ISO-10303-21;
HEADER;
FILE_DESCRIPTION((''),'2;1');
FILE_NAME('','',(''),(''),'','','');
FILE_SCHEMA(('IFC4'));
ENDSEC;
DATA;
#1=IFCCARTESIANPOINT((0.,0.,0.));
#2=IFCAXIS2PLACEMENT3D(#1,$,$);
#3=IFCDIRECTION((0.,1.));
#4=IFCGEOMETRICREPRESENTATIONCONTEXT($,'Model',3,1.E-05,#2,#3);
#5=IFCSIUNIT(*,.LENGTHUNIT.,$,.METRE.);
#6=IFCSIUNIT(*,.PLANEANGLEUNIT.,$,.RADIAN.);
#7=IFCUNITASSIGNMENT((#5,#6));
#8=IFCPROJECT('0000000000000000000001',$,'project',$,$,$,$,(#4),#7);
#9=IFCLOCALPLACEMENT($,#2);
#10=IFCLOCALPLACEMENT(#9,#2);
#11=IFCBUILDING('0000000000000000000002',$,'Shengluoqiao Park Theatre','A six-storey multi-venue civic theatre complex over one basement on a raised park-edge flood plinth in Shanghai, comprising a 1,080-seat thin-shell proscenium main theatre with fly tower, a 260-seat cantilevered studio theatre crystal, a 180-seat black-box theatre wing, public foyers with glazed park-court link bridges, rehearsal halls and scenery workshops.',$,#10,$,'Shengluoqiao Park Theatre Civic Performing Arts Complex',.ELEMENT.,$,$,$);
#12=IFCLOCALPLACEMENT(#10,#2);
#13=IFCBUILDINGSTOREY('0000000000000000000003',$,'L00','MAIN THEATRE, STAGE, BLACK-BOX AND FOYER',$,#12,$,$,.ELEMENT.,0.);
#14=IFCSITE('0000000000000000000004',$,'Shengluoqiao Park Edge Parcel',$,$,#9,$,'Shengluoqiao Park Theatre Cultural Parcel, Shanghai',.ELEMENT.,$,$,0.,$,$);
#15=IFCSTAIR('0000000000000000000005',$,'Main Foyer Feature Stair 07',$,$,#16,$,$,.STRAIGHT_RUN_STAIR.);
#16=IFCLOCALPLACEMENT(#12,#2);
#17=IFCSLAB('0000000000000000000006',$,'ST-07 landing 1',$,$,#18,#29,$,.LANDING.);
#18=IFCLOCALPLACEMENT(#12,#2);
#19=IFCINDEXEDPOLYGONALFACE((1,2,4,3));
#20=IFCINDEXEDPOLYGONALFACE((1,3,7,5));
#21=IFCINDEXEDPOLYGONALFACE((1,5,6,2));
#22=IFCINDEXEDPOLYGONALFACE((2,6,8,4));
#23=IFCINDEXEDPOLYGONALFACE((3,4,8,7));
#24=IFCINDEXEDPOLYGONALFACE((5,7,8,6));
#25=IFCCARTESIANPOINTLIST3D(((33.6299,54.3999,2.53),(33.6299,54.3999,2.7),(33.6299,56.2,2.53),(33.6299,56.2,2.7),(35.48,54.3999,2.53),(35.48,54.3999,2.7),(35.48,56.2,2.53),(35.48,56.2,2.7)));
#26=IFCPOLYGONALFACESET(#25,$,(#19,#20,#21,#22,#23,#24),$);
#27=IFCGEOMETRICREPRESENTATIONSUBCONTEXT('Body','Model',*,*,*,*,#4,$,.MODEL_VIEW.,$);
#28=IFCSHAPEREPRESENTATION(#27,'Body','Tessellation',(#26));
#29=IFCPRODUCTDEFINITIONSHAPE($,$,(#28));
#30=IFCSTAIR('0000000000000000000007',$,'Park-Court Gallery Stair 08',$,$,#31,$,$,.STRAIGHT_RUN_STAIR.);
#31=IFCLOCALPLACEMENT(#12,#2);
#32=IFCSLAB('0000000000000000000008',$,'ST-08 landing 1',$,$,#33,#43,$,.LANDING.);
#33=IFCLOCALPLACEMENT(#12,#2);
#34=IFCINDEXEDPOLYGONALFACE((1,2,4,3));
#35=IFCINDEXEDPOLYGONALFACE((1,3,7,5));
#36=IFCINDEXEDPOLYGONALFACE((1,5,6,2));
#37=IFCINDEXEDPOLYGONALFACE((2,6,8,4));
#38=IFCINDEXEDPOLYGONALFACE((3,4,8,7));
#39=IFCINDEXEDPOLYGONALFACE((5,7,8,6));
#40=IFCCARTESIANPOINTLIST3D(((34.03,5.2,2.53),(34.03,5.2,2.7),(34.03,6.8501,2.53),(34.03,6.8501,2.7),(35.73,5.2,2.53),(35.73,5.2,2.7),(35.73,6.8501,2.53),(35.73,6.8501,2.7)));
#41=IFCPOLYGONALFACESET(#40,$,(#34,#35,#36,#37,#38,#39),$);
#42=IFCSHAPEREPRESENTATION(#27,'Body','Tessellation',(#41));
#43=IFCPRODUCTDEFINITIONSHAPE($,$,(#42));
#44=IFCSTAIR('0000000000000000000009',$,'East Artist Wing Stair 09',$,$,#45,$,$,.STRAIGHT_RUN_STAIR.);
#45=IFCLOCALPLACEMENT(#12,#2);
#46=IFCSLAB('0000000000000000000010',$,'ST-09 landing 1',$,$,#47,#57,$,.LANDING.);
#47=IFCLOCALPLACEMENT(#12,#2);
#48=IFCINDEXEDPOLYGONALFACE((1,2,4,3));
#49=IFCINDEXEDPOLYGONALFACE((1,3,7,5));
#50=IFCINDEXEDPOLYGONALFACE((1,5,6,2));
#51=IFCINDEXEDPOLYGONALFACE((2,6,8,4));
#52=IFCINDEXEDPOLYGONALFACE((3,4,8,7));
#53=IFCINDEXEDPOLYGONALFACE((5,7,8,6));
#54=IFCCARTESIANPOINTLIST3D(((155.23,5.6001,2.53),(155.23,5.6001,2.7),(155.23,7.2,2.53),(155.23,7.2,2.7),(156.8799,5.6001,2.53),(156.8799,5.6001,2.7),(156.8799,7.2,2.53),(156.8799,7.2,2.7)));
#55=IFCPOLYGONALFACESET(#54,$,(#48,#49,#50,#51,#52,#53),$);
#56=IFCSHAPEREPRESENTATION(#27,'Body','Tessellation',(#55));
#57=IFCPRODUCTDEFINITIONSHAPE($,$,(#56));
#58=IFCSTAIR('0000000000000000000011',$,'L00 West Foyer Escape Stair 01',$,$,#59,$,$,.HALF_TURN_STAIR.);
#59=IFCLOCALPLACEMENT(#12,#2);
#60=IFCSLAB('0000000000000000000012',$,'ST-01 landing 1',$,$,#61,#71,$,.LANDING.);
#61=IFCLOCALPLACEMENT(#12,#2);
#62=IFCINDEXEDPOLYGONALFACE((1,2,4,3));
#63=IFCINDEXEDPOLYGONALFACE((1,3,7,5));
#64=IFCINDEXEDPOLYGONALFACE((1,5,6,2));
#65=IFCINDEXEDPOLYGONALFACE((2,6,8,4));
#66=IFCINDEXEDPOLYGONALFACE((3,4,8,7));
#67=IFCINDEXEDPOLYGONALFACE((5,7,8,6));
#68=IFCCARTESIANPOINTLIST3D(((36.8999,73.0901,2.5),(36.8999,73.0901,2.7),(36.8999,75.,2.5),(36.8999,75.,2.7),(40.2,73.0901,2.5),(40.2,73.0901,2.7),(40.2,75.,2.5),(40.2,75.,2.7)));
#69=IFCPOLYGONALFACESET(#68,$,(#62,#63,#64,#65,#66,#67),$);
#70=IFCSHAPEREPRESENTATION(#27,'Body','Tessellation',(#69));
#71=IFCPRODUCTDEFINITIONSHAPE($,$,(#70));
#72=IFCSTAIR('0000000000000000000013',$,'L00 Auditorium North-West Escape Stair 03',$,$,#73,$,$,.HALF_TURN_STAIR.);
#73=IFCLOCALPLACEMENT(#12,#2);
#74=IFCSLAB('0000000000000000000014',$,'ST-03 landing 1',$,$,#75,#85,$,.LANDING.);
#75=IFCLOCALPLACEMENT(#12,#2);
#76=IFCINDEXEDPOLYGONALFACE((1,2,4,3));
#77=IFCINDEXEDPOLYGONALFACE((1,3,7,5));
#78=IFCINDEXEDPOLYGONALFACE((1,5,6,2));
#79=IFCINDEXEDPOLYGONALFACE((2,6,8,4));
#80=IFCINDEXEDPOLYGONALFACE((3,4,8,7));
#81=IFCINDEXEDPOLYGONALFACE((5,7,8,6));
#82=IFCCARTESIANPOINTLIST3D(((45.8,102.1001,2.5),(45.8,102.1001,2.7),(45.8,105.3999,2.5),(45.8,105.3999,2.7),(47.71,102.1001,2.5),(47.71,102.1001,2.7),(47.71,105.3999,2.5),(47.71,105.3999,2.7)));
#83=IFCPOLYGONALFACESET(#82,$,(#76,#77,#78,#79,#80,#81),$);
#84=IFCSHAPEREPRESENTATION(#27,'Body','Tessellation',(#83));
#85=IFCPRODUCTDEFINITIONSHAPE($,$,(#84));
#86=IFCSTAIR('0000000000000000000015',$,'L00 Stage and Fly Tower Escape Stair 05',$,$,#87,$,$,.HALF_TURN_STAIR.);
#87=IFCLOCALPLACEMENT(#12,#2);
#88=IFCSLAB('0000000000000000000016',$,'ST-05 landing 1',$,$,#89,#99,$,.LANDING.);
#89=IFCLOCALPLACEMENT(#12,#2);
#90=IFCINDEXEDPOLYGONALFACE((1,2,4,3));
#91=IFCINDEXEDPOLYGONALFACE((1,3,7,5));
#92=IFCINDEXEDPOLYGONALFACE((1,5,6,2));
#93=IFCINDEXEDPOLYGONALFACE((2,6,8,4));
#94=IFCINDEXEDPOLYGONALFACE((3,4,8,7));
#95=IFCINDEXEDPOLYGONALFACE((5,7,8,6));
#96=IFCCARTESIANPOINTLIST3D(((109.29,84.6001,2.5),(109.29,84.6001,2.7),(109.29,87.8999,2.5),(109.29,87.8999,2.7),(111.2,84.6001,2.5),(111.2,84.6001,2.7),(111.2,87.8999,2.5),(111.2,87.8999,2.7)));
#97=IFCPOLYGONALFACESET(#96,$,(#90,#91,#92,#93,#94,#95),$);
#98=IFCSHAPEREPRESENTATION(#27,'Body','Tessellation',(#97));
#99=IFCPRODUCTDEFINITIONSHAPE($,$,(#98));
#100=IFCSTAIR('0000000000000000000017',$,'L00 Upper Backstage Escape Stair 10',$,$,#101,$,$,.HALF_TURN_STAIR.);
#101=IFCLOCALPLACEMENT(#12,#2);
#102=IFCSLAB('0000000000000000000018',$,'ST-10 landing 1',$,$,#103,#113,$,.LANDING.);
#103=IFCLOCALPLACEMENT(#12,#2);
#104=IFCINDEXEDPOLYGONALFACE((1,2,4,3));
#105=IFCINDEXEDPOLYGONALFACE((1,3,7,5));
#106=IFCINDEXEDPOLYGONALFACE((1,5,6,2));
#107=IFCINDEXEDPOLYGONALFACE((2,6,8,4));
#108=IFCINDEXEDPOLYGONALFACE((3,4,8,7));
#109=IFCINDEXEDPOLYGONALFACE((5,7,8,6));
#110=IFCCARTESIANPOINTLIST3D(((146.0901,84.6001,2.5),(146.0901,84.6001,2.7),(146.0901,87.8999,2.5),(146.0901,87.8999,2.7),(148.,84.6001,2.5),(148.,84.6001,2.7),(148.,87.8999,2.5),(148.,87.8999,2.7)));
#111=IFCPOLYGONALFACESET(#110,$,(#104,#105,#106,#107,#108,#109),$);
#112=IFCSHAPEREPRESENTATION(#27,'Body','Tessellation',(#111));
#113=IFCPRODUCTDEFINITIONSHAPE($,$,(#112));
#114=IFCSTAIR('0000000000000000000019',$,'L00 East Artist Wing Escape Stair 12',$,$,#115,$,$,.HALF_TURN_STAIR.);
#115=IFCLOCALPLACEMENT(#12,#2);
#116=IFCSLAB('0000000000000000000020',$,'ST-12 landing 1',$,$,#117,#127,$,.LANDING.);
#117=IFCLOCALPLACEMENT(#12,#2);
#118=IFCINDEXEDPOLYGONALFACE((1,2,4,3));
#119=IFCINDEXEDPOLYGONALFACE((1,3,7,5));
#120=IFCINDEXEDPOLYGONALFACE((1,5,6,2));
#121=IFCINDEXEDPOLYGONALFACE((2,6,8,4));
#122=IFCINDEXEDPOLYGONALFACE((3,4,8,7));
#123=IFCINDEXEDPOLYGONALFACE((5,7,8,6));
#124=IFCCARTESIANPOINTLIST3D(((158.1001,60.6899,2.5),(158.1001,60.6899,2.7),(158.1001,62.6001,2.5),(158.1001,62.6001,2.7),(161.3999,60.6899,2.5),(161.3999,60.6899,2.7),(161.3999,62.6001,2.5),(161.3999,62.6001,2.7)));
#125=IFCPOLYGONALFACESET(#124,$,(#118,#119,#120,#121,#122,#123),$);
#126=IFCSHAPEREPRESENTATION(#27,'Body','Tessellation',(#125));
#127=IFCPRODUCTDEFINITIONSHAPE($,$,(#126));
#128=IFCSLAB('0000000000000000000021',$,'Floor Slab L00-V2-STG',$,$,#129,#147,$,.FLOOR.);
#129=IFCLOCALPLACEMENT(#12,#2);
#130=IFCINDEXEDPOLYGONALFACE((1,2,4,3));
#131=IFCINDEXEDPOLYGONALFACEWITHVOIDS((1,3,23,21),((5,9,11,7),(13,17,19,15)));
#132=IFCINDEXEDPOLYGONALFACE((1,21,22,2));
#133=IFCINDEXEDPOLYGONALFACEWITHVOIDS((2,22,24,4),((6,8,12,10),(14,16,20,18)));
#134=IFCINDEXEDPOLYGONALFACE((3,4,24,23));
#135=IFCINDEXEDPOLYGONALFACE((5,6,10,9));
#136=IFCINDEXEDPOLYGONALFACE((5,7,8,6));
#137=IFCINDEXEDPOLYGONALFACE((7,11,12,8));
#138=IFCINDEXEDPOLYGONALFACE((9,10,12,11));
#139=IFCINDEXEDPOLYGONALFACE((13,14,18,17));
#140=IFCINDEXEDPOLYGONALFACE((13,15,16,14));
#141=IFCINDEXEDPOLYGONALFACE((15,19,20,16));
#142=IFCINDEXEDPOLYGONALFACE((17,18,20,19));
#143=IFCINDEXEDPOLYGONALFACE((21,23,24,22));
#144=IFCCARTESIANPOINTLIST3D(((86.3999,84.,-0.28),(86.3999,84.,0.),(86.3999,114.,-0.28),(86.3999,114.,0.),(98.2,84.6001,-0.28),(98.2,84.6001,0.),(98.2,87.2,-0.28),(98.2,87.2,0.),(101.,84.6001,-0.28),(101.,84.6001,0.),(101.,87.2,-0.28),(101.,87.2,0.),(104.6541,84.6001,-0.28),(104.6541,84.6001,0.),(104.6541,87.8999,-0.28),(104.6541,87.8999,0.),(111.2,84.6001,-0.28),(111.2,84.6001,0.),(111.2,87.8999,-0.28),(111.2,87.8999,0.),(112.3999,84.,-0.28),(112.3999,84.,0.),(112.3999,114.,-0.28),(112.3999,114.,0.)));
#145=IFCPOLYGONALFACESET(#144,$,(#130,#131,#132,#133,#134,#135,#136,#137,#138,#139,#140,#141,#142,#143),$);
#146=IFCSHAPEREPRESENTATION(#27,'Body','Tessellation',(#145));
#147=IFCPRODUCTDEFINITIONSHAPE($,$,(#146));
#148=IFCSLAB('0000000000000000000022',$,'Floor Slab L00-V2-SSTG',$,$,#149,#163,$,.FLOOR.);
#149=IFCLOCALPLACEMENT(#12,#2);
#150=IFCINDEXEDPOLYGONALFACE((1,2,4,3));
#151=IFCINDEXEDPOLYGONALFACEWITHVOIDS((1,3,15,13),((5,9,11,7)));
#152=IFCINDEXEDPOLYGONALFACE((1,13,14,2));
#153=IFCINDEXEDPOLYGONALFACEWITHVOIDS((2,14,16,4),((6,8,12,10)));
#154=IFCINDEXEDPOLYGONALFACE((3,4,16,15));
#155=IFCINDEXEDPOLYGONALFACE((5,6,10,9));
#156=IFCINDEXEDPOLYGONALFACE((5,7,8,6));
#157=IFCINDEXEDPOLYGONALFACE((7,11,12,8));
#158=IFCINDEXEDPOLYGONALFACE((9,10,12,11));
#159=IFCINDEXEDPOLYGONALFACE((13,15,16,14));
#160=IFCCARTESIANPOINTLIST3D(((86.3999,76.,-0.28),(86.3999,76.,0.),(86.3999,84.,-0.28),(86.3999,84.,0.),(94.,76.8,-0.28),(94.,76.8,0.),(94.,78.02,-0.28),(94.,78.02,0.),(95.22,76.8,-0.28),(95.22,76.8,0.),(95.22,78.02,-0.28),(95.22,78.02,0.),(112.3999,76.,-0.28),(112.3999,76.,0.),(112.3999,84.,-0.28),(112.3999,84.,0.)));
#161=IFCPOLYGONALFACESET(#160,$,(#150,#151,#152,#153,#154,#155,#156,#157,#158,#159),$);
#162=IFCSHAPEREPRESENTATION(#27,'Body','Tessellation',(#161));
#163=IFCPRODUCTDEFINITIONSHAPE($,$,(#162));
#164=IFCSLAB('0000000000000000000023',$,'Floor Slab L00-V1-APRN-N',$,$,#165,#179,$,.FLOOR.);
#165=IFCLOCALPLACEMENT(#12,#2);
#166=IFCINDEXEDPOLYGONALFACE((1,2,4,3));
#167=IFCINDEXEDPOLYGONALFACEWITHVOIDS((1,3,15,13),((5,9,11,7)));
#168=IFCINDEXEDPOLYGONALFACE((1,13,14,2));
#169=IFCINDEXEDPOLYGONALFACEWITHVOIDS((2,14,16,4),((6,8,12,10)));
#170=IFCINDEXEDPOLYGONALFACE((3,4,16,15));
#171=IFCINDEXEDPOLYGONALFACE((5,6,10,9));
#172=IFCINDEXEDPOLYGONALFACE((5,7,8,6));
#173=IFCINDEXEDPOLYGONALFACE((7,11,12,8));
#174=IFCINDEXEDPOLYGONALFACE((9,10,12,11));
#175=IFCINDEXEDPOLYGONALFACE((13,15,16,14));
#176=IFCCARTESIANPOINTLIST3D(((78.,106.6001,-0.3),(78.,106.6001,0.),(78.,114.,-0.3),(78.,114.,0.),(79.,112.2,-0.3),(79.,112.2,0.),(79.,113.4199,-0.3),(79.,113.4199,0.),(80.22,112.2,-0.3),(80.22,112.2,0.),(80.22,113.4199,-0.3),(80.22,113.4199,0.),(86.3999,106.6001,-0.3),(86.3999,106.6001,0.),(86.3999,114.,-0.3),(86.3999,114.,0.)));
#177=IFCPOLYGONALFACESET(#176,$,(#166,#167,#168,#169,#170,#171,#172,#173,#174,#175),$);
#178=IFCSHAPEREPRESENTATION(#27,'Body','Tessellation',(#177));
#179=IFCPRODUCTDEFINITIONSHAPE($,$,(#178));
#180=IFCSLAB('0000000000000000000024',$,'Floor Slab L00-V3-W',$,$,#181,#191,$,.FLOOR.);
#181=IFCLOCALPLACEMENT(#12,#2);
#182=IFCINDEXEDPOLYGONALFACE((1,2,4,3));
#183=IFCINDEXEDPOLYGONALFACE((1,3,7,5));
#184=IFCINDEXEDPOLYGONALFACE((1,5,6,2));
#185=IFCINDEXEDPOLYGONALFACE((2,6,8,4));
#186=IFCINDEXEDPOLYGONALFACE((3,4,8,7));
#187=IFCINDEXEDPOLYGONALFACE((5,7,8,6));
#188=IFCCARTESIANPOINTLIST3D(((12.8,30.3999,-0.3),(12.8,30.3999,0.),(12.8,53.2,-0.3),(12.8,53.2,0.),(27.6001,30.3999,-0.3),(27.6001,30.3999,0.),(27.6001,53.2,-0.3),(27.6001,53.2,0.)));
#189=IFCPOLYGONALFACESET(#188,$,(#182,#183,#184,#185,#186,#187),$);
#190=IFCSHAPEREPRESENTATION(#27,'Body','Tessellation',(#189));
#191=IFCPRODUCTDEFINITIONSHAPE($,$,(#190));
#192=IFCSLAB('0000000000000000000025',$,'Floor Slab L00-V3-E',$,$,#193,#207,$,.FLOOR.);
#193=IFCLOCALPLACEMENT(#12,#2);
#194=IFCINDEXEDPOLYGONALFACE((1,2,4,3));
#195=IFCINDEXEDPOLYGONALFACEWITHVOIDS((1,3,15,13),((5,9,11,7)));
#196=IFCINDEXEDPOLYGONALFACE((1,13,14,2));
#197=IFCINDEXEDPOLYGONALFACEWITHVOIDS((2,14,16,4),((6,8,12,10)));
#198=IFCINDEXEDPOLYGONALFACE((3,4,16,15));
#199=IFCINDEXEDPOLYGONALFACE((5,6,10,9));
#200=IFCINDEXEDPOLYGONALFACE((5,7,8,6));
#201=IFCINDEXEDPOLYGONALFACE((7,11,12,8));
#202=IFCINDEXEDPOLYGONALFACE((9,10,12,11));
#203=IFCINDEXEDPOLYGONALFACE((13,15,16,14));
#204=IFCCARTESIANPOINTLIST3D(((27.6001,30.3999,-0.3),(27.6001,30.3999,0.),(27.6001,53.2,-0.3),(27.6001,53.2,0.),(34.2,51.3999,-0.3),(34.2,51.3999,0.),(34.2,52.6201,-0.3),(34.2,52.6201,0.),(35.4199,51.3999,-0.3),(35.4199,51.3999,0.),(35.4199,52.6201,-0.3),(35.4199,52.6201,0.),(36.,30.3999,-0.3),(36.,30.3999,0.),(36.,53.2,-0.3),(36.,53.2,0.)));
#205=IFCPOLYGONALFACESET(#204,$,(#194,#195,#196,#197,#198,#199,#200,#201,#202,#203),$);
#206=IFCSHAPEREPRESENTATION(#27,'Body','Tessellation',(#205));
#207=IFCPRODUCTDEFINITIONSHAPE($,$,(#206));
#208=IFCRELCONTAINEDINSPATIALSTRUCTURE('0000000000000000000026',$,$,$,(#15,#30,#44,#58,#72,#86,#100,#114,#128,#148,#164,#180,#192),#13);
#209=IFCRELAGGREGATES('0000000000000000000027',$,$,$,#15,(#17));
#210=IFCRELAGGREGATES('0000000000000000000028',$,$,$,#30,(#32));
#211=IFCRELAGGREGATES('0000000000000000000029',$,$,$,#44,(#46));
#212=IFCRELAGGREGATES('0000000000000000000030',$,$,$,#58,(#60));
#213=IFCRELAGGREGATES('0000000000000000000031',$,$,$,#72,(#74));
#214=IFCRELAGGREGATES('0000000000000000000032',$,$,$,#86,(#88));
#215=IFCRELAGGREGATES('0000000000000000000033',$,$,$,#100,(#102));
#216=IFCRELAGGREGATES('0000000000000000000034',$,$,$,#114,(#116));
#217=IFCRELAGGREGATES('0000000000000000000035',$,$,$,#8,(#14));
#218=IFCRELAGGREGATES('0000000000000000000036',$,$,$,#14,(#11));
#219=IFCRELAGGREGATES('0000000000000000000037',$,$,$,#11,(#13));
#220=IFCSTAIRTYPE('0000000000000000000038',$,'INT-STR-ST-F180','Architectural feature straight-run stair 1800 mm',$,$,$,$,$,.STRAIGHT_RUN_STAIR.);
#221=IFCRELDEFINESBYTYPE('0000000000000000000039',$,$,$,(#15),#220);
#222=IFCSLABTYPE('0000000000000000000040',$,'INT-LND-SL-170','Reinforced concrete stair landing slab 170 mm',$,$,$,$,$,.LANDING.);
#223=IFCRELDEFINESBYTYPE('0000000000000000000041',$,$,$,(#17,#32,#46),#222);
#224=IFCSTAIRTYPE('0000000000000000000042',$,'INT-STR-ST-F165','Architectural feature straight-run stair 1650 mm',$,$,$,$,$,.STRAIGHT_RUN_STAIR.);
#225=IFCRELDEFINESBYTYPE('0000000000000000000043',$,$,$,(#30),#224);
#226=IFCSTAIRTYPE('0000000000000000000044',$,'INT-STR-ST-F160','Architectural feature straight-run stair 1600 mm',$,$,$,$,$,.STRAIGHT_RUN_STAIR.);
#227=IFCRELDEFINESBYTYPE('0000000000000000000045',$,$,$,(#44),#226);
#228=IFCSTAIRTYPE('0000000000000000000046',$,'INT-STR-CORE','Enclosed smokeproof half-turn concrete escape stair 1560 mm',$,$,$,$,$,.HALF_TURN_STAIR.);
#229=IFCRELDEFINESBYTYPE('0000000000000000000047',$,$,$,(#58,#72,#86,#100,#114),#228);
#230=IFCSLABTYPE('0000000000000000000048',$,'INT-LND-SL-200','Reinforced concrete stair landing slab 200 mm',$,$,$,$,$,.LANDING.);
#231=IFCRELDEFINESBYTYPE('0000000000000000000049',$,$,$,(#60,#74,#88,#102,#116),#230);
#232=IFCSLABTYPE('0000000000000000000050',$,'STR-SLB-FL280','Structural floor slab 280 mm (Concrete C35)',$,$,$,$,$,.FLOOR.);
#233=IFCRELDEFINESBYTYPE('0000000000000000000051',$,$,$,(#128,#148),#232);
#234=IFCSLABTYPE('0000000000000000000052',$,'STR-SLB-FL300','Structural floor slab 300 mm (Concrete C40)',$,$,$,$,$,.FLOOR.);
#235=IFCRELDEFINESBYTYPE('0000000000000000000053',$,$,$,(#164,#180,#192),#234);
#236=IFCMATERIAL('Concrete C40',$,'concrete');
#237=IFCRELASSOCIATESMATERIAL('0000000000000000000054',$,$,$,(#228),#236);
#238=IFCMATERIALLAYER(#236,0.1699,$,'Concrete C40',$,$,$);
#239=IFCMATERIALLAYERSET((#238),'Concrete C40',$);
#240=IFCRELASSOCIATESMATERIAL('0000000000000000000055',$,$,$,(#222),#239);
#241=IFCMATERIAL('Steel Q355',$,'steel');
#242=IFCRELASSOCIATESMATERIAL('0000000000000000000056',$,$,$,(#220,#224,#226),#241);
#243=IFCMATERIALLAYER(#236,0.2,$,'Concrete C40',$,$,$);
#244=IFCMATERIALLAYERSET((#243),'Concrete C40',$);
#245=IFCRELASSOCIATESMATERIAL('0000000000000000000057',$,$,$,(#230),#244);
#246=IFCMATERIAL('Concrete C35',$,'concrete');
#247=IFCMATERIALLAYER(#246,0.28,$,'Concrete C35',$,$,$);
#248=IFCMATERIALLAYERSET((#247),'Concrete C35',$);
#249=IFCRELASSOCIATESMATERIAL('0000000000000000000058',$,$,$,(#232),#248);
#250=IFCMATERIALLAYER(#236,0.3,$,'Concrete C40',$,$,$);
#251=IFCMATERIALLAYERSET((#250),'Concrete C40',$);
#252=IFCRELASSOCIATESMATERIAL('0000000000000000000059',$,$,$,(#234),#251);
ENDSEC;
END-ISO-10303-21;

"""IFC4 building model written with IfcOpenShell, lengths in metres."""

from ifc_helpers import new_model, si_unit, direction, frame, origin, place, context, subcontext, project, spatial, polyline, outline, extrude, material, layer, layer_set, type_object, element, aggregate, save


model = new_model("IFC4")

# Units and contexts
model_context = context("Model", 3, precision=1e-05, world=origin(), true_north=direction((0.0, 1.0)))
body_context = subcontext(model_context, "Body", "Model", "MODEL_VIEW")
ifc_project = project(units=[si_unit("LENGTHUNIT", "METRE"), si_unit("PLANEANGLEUNIT", "RADIAN")], contexts=[model_context])

# Site, building, storey
site_placement = place(None, origin())
site = spatial("IfcSite", under=ifc_project, at=site_placement, Name="Shengluoqiao Park Edge Parcel", LongName="Shengluoqiao Park Theatre Cultural Parcel, Shanghai", CompositionType="ELEMENT", RefElevation=0.0)
building_placement = place(site_placement, origin())
building = spatial("IfcBuilding", under=site, at=building_placement, Name="Shengluoqiao Park Theatre", Description="A six-storey multi-venue civic theatre complex over one basement on a raised park-edge flood plinth in Shanghai, comprising a 1,080-seat thin-shell proscenium main theatre with fly tower, a 260-seat cantilevered studio theatre crystal, a 180-seat black-box theatre wing, public foyers with glazed park-court link bridges, rehearsal halls and scenery workshops.", LongName="Shengluoqiao Park Theatre Civic Performing Arts Complex", CompositionType="ELEMENT")
storey_placement = place(building_placement, origin())
storey = spatial("IfcBuildingStorey", under=building, at=storey_placement, Name="L00", Description="MAIN THEATRE, STAGE, BLACK-BOX AND FOYER", CompositionType="ELEMENT", Elevation=0.0)

# Shared definitions
ifc_material_1 = material(Name="Concrete C40", Category="concrete")

# Stairs, slabs
stair_type_1 = type_object("IfcStairType", Name="INT-STR-CORE", Description="Enclosed smokeproof half-turn concrete escape stair 1560 mm", PredefinedType="HALF_TURN_STAIR", material=ifc_material_1)
ifc_layer_1 = layer(ifc_material_1, 0.1699, Name="Concrete C40")
ifc_layer_set_1 = layer_set([ifc_layer_1], Name="Concrete C40")
slab_type_1 = type_object("IfcSlabType", Name="INT-LND-SL-170", Description="Reinforced concrete stair landing slab 170 mm", PredefinedType="LANDING", material=ifc_layer_set_1)
ifc_material_2 = material(Name="Steel Q355", Category="steel")
stair_type_2 = type_object("IfcStairType", Name="INT-STR-ST-F180", Description="Architectural feature straight-run stair 1800 mm", PredefinedType="STRAIGHT_RUN_STAIR", material=ifc_material_2)
stair_1_placement = place(storey_placement, origin())
stair_1 = element("IfcStair", 1, at=stair_1_placement, inside=storey, type_object=stair_type_2, Name="Main Foyer Feature Stair 07", PredefinedType="STRAIGHT_RUN_STAIR")
slab_1_placement = place(storey_placement, frame((0.0, 0.0, 2.53)))
slab_1 = element("IfcSlab", 2, at=slab_1_placement, type_object=slab_type_1, Name="ST-07 landing 1", PredefinedType="LANDING", context=body_context, shape_type="SweptSolid", body=[
    extrude(outline(polyline([(33.6299, 54.3999), (35.48, 54.3999), (35.48, 56.2), (33.6299, 56.2), (33.6299, 54.3999)])), origin(), (0.0, 0.0, 1.0), 0.1699),
])
aggregate(stair_1, [slab_1])
stair_type_3 = type_object("IfcStairType", Name="INT-STR-ST-F165", Description="Architectural feature straight-run stair 1650 mm", PredefinedType="STRAIGHT_RUN_STAIR", material=ifc_material_2)
stair_2_placement = place(storey_placement, origin())
stair_2 = element("IfcStair", 3, at=stair_2_placement, inside=storey, type_object=stair_type_3, Name="Park-Court Gallery Stair 08", PredefinedType="STRAIGHT_RUN_STAIR")
slab_2_placement = place(storey_placement, frame((0.0, 0.0, 2.53)))
slab_2 = element("IfcSlab", 4, at=slab_2_placement, type_object=slab_type_1, Name="ST-08 landing 1", PredefinedType="LANDING", context=body_context, shape_type="SweptSolid", body=[
    extrude(outline(polyline([(34.03, 5.2), (35.73, 5.2), (35.73, 6.8501), (34.03, 6.8501), (34.03, 5.2)])), origin(), (0.0, 0.0, 1.0), 0.1699),
])
aggregate(stair_2, [slab_2])
stair_type_4 = type_object("IfcStairType", Name="INT-STR-ST-F160", Description="Architectural feature straight-run stair 1600 mm", PredefinedType="STRAIGHT_RUN_STAIR", material=ifc_material_2)
stair_3_placement = place(storey_placement, origin())
stair_3 = element("IfcStair", 5, at=stair_3_placement, inside=storey, type_object=stair_type_4, Name="East Artist Wing Stair 09", PredefinedType="STRAIGHT_RUN_STAIR")
slab_3_placement = place(storey_placement, frame((0.0, 0.0, 2.53)))
slab_3 = element("IfcSlab", 6, at=slab_3_placement, type_object=slab_type_1, Name="ST-09 landing 1", PredefinedType="LANDING", context=body_context, shape_type="SweptSolid", body=[
    extrude(outline(polyline([(155.23, 5.6001), (156.8799, 5.6001), (156.8799, 7.2), (155.23, 7.2), (155.23, 5.6001)])), origin(), (0.0, 0.0, 1.0), 0.1699),
])
aggregate(stair_3, [slab_3])
stair_4_placement = place(storey_placement, origin())
stair_4 = element("IfcStair", 7, at=stair_4_placement, inside=storey, type_object=stair_type_1, Name="L00 West Foyer Escape Stair 01", PredefinedType="HALF_TURN_STAIR")
ifc_layer_2 = layer(ifc_material_1, 0.2, Name="Concrete C40")
ifc_layer_set_2 = layer_set([ifc_layer_2], Name="Concrete C40")
slab_type_2 = type_object("IfcSlabType", Name="INT-LND-SL-200", Description="Reinforced concrete stair landing slab 200 mm", PredefinedType="LANDING", material=ifc_layer_set_2)
slab_4_placement = place(storey_placement, frame((0.0, 0.0, 2.5)))
slab_4 = element("IfcSlab", 8, at=slab_4_placement, type_object=slab_type_2, Name="ST-01 landing 1", PredefinedType="LANDING", context=body_context, shape_type="SweptSolid", body=[
    extrude(outline(polyline([(40.2, 73.0901), (40.2, 75.0), (36.8999, 75.0), (36.8999, 73.0901), (40.2, 73.0901)])), origin(), (0.0, 0.0, 1.0), 0.2),
])
aggregate(stair_4, [slab_4])
stair_5_placement = place(storey_placement, origin())
stair_5 = element("IfcStair", 9, at=stair_5_placement, inside=storey, type_object=stair_type_1, Name="L00 Auditorium North-West Escape Stair 03", PredefinedType="HALF_TURN_STAIR")
slab_5_placement = place(storey_placement, frame((0.0, 0.0, 2.5)))
slab_5 = element("IfcSlab", 10, at=slab_5_placement, type_object=slab_type_2, Name="ST-03 landing 1", PredefinedType="LANDING", context=body_context, shape_type="SweptSolid", body=[
    extrude(outline(polyline([(47.71, 105.3999), (45.8, 105.3999), (45.8, 102.1001), (47.71, 102.1001), (47.71, 105.3999)])), origin(), (0.0, 0.0, 1.0), 0.2),
])
aggregate(stair_5, [slab_5])
stair_6_placement = place(storey_placement, origin())
stair_6 = element("IfcStair", 11, at=stair_6_placement, inside=storey, type_object=stair_type_1, Name="L00 Stage and Fly Tower Escape Stair 05", PredefinedType="HALF_TURN_STAIR")
slab_6_placement = place(storey_placement, frame((0.0, 0.0, 2.5)))
slab_6 = element("IfcSlab", 12, at=slab_6_placement, type_object=slab_type_2, Name="ST-05 landing 1", PredefinedType="LANDING", context=body_context, shape_type="SweptSolid", body=[
    extrude(outline(polyline([(109.29, 84.6001), (111.2, 84.6001), (111.2, 87.8999), (109.29, 87.8999), (109.29, 84.6001)])), origin(), (0.0, 0.0, 1.0), 0.2),
])
aggregate(stair_6, [slab_6])
stair_7_placement = place(storey_placement, origin())
stair_7 = element("IfcStair", 13, at=stair_7_placement, inside=storey, type_object=stair_type_1, Name="L00 Upper Backstage Escape Stair 10", PredefinedType="HALF_TURN_STAIR")
slab_7_placement = place(storey_placement, frame((0.0, 0.0, 2.5)))
slab_7 = element("IfcSlab", 14, at=slab_7_placement, type_object=slab_type_2, Name="ST-10 landing 1", PredefinedType="LANDING", context=body_context, shape_type="SweptSolid", body=[
    extrude(outline(polyline([(146.0901, 84.6001), (148.0, 84.6001), (148.0, 87.8999), (146.0901, 87.8999), (146.0901, 84.6001)])), origin(), (0.0, 0.0, 1.0), 0.2),
])
aggregate(stair_7, [slab_7])
stair_8_placement = place(storey_placement, origin())
stair_8 = element("IfcStair", 15, at=stair_8_placement, inside=storey, type_object=stair_type_1, Name="L00 East Artist Wing Escape Stair 12", PredefinedType="HALF_TURN_STAIR")
slab_8_placement = place(storey_placement, frame((0.0, 0.0, 2.5)))
slab_8 = element("IfcSlab", 16, at=slab_8_placement, type_object=slab_type_2, Name="ST-12 landing 1", PredefinedType="LANDING", context=body_context, shape_type="SweptSolid", body=[
    extrude(outline(polyline([(161.3999, 60.6899), (161.3999, 62.6001), (158.1001, 62.6001), (158.1001, 60.6899), (161.3999, 60.6899)])), origin(), (0.0, 0.0, 1.0), 0.2),
])
aggregate(stair_8, [slab_8])

# Slabs
ifc_material_3 = material(Name="Concrete C35", Category="concrete")
ifc_layer_3 = layer(ifc_material_3, 0.28, Name="Concrete C35")
ifc_layer_set_3 = layer_set([ifc_layer_3], Name="Concrete C35")
slab_type_3 = type_object("IfcSlabType", Name="STR-SLB-FL280", Description="Structural floor slab 280 mm (Concrete C35)", PredefinedType="FLOOR", material=ifc_layer_set_3)
slab_9_placement = place(storey_placement, frame((0.0, 0.0, -0.28)))
element("IfcSlab", 17, at=slab_9_placement, inside=storey, type_object=slab_type_3, Name="Floor Slab L00-V2-STG", PredefinedType="FLOOR", context=body_context, shape_type="SweptSolid", body=[
    extrude(outline(polyline([(86.3999, 84.0), (86.3999, 114.0), (112.3999, 114.0), (112.3999, 84.0), (86.3999, 84.0)]), holes=[polyline([(101.0, 84.6001), (101.0, 87.2), (98.2, 87.2), (98.2, 84.6001), (101.0, 84.6001)]), polyline([(104.6541, 84.6001), (111.2, 84.6001), (111.2, 87.8999), (104.6541, 87.8999), (104.6541, 84.6001)])]), origin(), (0.0, 0.0, 1.0), 0.28),
])
slab_10_placement = place(storey_placement, frame((0.0, 0.0, -0.28)))
element("IfcSlab", 18, at=slab_10_placement, inside=storey, type_object=slab_type_3, Name="Floor Slab L00-V2-SSTG", PredefinedType="FLOOR", context=body_context, shape_type="SweptSolid", body=[
    extrude(outline(polyline([(86.3999, 76.0), (86.3999, 84.0), (112.3999, 84.0), (112.3999, 76.0), (86.3999, 76.0)]), holes=[polyline([(95.22, 78.02), (94.0, 78.02), (94.0, 76.8), (95.22, 76.8), (95.22, 78.02)])]), origin(), (0.0, 0.0, 1.0), 0.28),
])
ifc_layer_4 = layer(ifc_material_1, 0.3, Name="Concrete C40")
ifc_layer_set_4 = layer_set([ifc_layer_4], Name="Concrete C40")
slab_type_4 = type_object("IfcSlabType", Name="STR-SLB-FL300", Description="Structural floor slab 300 mm (Concrete C40)", PredefinedType="FLOOR", material=ifc_layer_set_4)
slab_11_placement = place(storey_placement, frame((0.0, 0.0, -0.3)))
element("IfcSlab", 19, at=slab_11_placement, inside=storey, type_object=slab_type_4, Name="Floor Slab L00-V1-APRN-N", PredefinedType="FLOOR", context=body_context, shape_type="SweptSolid", body=[
    extrude(outline(polyline([(78.0, 106.6001), (78.0, 114.0), (86.3999, 114.0), (86.3999, 106.6001), (78.0, 106.6001)]), holes=[polyline([(80.22, 112.2), (80.22, 113.4199), (79.0, 113.4199), (79.0, 112.2), (80.22, 112.2)])]), origin(), (0.0, 0.0, 1.0), 0.3),
])
slab_12_placement = place(storey_placement, frame((0.0, 0.0, -0.3)))
element("IfcSlab", 20, at=slab_12_placement, inside=storey, type_object=slab_type_4, Name="Floor Slab L00-V3-W", PredefinedType="FLOOR", context=body_context, shape_type="SweptSolid", body=[
    extrude(outline(polyline([(12.8, 30.3999), (12.8, 53.2), (27.6001, 53.2), (27.6001, 30.3999), (12.8, 30.3999)])), origin(), (0.0, 0.0, 1.0), 0.3),
])
slab_13_placement = place(storey_placement, frame((0.0, 0.0, -0.3)))
element("IfcSlab", 21, at=slab_13_placement, inside=storey, type_object=slab_type_4, Name="Floor Slab L00-V3-E", PredefinedType="FLOOR", context=body_context, shape_type="SweptSolid", body=[
    extrude(outline(polyline([(27.6001, 30.3999), (27.6001, 53.2), (36.0, 53.2), (36.0, 30.3999), (27.6001, 30.3999)]), holes=[polyline([(35.4199, 51.3999), (35.4199, 52.6201), (34.2, 52.6201), (34.2, 51.3999), (35.4199, 51.3999)])]), origin(), (0.0, 0.0, 1.0), 0.3),
])

save(model, "model.ifc")
